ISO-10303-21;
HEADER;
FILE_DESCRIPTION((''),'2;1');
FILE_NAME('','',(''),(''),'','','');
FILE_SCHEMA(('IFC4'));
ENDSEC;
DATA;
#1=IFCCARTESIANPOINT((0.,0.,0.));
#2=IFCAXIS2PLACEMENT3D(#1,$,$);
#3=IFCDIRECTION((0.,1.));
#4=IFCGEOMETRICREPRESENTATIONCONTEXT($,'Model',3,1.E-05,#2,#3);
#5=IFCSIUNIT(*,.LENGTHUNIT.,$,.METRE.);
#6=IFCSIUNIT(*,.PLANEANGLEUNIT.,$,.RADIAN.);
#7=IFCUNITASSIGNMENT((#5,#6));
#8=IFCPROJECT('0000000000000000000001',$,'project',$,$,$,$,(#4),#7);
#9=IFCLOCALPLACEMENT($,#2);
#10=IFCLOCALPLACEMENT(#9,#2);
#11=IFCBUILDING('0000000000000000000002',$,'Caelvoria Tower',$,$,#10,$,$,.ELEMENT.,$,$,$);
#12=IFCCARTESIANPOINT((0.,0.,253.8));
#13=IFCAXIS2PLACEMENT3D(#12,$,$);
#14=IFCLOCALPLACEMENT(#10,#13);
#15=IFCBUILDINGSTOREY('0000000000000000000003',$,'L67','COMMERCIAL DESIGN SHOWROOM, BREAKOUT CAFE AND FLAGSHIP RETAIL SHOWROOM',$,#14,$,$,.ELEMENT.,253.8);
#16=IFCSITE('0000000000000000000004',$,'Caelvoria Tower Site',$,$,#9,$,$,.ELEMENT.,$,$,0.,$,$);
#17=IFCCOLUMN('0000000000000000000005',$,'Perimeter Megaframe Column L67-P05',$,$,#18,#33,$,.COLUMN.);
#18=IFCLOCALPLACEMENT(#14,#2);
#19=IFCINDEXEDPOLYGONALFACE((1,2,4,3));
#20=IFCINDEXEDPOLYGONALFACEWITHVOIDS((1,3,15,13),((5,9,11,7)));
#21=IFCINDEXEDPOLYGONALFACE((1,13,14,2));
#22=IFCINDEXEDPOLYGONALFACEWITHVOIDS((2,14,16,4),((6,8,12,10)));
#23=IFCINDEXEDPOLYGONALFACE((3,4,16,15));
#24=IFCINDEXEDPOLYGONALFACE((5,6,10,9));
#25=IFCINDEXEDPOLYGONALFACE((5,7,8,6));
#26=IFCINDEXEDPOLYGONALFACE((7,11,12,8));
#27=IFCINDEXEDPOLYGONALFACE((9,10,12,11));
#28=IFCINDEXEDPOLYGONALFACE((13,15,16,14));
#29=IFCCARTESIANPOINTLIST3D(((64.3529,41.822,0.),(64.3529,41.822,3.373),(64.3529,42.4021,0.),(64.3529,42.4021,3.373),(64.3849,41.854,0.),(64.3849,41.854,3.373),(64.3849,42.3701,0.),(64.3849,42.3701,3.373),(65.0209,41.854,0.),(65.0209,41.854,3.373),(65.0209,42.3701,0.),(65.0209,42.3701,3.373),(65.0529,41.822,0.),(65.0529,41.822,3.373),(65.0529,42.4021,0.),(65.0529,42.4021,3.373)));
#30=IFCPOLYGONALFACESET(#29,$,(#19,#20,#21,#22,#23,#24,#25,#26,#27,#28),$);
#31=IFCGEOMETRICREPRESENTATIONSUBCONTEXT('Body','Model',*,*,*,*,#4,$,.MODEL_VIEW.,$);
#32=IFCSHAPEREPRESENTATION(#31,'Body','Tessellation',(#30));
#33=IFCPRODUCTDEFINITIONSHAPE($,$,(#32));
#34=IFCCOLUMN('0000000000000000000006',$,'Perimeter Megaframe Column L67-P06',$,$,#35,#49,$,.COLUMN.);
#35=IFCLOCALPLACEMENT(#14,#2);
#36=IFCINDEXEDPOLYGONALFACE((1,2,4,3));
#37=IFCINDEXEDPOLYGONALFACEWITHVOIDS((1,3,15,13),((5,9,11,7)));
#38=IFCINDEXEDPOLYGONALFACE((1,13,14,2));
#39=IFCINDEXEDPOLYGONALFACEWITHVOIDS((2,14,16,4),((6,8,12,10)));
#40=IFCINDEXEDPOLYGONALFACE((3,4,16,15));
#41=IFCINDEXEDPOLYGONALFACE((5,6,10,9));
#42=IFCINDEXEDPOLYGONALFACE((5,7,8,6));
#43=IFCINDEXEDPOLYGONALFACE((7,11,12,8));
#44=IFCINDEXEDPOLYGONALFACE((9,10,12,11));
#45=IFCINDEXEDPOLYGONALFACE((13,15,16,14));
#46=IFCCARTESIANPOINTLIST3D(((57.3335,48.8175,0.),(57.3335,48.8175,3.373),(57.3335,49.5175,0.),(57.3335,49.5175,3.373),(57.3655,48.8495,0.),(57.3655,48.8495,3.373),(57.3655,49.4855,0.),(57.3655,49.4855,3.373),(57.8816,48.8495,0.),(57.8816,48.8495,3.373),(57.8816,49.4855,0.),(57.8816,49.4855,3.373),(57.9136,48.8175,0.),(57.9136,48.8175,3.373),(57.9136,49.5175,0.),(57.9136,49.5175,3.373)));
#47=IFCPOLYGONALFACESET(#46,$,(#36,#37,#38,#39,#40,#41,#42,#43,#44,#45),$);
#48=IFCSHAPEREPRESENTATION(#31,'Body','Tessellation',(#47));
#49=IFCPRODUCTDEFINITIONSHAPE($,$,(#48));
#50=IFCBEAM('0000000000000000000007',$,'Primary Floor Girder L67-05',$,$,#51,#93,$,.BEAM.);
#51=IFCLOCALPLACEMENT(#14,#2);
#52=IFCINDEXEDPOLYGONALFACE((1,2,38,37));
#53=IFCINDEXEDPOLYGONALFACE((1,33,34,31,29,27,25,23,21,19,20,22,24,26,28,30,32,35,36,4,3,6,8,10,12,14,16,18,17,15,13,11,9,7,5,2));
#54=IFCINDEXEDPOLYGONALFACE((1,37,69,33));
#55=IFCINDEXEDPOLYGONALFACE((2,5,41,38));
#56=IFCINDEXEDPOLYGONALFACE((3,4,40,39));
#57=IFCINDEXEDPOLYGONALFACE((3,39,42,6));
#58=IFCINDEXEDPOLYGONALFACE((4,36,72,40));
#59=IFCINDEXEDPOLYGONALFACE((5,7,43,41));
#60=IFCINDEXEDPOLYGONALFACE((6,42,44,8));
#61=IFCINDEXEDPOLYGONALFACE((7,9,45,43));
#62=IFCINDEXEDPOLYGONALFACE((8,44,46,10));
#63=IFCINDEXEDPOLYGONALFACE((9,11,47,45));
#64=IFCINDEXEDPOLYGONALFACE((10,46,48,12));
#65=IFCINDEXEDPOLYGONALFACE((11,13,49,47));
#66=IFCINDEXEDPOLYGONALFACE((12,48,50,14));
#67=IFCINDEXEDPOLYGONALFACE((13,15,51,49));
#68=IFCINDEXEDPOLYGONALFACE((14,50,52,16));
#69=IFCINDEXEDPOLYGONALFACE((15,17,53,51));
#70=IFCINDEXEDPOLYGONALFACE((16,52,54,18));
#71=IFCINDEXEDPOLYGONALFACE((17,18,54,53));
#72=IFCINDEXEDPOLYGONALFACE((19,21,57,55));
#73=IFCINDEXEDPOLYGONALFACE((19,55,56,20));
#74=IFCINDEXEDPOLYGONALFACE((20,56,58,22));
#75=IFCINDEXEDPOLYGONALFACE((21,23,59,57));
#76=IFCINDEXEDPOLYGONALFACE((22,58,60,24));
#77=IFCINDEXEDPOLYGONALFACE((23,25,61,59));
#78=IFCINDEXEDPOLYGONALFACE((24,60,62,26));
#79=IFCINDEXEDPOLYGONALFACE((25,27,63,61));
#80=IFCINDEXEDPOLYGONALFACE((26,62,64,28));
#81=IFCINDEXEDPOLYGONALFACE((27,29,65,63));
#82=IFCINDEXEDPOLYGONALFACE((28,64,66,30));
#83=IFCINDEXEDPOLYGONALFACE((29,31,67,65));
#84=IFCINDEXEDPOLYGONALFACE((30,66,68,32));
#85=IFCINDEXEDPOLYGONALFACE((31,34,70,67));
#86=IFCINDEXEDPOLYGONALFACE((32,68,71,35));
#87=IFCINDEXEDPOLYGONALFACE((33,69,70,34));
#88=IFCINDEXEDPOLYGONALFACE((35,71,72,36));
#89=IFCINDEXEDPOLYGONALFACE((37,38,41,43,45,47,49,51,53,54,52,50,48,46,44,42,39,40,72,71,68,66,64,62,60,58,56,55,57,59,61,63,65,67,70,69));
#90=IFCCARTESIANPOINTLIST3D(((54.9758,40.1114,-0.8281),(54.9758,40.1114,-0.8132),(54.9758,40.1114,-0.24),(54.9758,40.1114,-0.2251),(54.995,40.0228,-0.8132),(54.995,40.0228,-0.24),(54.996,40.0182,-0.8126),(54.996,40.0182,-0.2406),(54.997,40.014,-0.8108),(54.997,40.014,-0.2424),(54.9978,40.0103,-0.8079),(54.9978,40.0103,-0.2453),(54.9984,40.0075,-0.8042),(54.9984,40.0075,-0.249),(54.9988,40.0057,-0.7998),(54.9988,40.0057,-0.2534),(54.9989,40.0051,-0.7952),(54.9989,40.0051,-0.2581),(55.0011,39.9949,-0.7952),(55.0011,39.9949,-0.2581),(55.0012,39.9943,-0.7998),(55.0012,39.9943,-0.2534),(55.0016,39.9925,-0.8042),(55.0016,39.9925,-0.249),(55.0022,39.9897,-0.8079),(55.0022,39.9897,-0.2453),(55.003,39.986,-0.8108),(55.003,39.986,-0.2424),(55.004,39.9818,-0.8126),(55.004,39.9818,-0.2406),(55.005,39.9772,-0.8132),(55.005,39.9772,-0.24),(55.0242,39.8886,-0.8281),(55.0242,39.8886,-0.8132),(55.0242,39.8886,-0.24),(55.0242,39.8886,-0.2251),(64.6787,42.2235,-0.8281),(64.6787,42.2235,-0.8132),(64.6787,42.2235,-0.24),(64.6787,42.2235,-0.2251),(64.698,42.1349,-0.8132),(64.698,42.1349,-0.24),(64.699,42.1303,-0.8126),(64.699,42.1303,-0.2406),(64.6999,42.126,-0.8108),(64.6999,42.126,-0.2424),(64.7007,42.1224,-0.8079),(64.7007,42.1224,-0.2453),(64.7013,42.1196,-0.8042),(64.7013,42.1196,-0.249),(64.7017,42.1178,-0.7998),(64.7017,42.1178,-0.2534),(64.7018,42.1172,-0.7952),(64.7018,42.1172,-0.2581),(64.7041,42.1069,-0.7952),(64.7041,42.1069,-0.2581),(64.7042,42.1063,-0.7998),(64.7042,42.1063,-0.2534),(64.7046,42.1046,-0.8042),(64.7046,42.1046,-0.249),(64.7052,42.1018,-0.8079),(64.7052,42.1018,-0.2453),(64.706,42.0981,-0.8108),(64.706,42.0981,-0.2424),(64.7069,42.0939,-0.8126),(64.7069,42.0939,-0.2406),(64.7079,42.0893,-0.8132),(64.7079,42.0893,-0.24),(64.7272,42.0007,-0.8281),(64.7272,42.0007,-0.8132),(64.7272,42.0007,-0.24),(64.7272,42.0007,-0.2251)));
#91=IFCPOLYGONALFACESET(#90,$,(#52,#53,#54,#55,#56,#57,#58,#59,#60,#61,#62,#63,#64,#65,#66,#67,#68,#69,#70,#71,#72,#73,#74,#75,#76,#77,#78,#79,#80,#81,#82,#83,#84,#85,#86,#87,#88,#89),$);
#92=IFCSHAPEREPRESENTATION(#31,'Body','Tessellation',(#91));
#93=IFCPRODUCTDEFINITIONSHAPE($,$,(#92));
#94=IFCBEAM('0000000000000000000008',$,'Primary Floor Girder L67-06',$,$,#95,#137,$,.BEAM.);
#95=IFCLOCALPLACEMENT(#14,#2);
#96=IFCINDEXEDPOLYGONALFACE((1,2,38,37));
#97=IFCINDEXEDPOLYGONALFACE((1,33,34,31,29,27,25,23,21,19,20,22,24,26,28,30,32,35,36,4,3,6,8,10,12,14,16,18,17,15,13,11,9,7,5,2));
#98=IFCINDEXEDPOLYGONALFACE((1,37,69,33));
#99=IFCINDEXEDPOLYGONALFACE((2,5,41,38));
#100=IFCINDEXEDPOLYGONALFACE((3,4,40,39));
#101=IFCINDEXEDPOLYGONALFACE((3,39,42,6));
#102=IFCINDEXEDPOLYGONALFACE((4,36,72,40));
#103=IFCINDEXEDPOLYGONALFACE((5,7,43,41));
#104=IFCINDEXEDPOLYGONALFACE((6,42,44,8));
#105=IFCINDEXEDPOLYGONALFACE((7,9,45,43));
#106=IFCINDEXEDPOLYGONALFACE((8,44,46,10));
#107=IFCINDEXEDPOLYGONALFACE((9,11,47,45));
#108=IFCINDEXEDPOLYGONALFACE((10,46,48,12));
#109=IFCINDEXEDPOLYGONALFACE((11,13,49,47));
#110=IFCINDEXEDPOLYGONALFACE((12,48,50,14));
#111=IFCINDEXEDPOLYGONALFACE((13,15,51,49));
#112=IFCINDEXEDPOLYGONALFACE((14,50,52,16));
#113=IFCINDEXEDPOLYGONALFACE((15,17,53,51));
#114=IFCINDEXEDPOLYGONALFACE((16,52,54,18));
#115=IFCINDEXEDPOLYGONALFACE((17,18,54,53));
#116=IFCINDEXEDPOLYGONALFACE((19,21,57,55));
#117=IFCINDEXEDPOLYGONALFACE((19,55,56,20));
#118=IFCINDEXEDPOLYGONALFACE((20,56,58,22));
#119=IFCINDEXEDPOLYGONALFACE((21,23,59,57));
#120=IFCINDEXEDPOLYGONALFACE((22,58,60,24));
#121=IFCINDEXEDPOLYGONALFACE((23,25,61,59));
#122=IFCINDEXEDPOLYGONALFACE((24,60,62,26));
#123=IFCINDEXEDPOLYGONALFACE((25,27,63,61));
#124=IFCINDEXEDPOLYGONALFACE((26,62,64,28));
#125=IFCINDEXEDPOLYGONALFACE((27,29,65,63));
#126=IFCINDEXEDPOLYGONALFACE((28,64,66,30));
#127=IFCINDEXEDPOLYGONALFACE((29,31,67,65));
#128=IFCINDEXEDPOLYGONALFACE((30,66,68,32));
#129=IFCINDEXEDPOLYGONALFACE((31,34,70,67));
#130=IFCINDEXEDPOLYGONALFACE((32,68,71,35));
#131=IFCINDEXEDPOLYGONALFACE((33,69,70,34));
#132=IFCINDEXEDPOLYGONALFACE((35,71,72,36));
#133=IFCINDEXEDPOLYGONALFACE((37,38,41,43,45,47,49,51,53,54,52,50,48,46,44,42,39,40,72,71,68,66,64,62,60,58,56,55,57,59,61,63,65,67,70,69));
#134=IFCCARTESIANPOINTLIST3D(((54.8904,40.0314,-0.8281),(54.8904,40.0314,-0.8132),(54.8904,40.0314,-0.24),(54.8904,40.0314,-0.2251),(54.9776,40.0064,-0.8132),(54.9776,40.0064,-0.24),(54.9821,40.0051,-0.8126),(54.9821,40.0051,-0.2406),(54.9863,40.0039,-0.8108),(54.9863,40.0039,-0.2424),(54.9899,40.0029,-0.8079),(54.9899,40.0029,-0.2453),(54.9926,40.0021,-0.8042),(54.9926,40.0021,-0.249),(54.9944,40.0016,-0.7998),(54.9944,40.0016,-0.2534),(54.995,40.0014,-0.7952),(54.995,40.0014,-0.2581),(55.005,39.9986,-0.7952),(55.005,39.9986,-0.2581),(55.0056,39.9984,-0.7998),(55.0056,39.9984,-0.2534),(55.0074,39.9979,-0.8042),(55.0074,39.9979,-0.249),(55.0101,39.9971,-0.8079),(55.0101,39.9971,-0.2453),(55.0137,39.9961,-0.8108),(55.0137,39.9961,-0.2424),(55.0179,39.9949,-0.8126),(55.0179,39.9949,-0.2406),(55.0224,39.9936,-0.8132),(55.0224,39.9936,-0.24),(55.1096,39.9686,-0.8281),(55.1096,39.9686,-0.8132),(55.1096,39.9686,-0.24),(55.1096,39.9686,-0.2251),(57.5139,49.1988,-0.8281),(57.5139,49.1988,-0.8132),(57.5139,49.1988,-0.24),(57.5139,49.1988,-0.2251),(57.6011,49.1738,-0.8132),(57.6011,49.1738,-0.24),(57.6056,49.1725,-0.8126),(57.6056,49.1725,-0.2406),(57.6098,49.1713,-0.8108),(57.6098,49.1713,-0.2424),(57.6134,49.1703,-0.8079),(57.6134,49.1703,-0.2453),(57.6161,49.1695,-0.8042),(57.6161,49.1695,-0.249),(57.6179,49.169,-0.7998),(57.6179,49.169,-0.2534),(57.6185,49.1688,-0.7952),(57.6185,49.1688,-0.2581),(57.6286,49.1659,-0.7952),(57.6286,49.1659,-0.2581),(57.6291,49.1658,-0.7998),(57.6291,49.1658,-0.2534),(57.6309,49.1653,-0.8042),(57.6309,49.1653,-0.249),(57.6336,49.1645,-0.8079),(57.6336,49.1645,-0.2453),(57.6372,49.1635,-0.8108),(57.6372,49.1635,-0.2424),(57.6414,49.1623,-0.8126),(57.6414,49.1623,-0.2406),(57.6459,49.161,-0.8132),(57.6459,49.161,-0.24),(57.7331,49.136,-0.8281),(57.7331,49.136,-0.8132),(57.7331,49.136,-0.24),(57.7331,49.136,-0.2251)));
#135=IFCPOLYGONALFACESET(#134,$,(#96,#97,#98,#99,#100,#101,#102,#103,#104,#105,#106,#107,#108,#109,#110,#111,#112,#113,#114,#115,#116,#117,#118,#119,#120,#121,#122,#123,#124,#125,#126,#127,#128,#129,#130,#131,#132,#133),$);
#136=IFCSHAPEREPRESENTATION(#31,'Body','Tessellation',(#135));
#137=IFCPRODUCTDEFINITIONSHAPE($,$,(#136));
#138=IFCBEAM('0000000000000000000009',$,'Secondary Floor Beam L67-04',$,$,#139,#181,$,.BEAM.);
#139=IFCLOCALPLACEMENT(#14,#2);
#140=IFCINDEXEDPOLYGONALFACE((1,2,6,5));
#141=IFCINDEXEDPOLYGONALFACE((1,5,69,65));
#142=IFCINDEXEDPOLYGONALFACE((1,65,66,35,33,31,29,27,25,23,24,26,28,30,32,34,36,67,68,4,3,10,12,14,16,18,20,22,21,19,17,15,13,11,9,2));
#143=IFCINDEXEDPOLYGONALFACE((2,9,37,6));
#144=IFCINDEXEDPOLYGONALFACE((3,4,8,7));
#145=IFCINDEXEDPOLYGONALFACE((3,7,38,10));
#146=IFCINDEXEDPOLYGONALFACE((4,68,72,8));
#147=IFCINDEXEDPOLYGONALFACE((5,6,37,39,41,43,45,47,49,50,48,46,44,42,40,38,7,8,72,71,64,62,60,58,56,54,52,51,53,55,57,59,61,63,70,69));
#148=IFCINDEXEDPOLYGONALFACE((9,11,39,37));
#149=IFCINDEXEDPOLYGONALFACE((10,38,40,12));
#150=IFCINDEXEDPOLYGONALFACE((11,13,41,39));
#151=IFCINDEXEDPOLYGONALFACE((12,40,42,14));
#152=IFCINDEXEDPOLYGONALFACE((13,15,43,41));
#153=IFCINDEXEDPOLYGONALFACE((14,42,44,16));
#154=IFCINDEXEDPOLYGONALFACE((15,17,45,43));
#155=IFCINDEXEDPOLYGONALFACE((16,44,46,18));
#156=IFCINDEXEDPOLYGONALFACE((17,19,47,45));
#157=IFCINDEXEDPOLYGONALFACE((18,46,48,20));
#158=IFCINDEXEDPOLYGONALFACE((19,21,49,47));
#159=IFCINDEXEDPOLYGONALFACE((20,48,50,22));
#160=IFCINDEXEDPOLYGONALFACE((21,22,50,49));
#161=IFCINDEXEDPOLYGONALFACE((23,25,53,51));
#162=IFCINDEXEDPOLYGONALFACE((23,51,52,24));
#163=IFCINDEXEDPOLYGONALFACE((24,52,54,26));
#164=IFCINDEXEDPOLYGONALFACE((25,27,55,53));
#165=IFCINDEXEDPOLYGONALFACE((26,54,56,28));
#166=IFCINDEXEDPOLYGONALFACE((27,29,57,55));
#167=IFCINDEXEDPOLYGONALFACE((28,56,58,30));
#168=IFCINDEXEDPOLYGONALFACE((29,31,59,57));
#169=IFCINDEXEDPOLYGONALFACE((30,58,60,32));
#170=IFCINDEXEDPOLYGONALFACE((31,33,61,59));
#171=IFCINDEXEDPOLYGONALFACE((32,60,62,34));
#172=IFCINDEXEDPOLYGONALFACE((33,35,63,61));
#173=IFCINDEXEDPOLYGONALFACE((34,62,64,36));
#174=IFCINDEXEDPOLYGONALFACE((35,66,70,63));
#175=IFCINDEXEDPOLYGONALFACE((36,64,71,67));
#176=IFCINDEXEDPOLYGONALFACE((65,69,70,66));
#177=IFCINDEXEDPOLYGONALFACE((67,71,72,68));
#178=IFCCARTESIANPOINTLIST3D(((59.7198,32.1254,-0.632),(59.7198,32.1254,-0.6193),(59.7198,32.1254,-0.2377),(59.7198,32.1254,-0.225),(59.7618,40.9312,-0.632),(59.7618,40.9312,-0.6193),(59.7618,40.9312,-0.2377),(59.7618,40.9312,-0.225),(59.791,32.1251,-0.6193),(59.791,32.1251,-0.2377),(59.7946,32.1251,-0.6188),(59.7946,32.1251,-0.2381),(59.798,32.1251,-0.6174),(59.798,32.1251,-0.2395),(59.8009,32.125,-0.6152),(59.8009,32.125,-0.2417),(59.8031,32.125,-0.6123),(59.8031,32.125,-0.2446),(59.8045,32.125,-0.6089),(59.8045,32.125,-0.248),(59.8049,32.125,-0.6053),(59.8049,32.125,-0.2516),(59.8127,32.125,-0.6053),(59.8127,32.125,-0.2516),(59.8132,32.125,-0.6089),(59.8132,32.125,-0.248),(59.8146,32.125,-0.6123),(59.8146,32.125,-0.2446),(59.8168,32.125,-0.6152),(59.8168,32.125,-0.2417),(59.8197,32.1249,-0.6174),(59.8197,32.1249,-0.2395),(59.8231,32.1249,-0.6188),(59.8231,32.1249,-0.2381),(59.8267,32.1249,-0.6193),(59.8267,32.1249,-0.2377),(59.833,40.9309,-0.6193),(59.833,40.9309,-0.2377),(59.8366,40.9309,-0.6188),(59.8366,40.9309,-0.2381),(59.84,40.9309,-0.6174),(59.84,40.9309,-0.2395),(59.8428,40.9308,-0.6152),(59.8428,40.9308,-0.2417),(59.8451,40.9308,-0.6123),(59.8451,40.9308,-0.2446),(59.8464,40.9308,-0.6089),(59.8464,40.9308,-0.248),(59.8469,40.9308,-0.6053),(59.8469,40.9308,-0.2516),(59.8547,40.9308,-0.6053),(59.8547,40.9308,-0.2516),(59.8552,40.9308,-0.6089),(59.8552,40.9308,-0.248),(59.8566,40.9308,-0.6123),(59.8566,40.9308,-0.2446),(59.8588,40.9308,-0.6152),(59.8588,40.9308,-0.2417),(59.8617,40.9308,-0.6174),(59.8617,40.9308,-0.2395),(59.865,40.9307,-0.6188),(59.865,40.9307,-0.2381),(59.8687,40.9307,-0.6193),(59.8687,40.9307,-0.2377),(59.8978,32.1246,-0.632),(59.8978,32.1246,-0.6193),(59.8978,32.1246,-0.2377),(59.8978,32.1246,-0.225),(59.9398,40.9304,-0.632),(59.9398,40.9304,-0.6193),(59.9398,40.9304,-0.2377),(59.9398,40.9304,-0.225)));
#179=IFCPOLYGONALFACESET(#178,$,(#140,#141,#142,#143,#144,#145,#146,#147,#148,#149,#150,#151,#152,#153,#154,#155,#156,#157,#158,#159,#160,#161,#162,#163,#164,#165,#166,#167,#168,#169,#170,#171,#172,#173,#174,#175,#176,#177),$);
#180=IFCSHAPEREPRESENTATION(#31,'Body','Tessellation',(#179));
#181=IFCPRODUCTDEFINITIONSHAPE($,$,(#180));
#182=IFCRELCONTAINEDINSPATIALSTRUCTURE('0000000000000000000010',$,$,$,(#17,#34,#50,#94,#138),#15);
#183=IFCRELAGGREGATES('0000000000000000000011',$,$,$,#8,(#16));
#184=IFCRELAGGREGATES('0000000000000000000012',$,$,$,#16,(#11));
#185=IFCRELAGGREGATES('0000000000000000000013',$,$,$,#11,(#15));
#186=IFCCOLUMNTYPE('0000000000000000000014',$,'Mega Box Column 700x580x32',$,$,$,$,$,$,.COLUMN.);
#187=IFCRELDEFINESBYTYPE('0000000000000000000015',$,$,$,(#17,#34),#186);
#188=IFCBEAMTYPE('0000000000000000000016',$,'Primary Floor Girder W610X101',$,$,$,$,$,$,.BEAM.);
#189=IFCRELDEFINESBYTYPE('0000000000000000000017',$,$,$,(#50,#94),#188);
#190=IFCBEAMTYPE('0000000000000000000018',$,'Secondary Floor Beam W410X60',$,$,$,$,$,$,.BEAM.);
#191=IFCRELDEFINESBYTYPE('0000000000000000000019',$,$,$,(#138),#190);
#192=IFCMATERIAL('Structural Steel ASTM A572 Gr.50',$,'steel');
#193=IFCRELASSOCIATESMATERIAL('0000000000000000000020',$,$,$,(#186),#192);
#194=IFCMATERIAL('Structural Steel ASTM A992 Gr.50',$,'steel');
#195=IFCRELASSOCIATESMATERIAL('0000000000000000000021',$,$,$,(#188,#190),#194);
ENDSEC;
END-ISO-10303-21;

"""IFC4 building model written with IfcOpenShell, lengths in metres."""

from ifc_helpers import new_model, si_unit, direction, frame, origin, origin_2d, place, context, subcontext, project, spatial, hollow_rectangle, i_section, extrude, material, material_profile, profile_set, type_object, element, save


model = new_model("IFC4")

# Units and contexts
model_context = context("Model", 3, precision=1e-05, world=origin(), true_north=direction((0.0, 1.0)))
body_context = subcontext(model_context, "Body", "Model", "MODEL_VIEW")
ifc_project = project(units=[si_unit("LENGTHUNIT", "METRE"), si_unit("PLANEANGLEUNIT", "RADIAN")], contexts=[model_context])

# Site, building, storey
site_placement = place(None, origin())
site = spatial("IfcSite", under=ifc_project, at=site_placement, Name="Caelvoria Tower Site", CompositionType="ELEMENT", RefElevation=0.0)
building_placement = place(site_placement, origin())
building = spatial("IfcBuilding", under=site, at=building_placement, Name="Caelvoria Tower", CompositionType="ELEMENT")
storey_placement = place(building_placement, frame((0.0, 0.0, 253.8)))
storey = spatial("IfcBuildingStorey", under=building, at=storey_placement, Name="L67", Description="COMMERCIAL DESIGN SHOWROOM, BREAKOUT CAFE AND FLAGSHIP RETAIL SHOWROOM", CompositionType="ELEMENT", Elevation=253.8)

# Columns
ifc_material_1 = material(Name="Structural Steel ASTM A572 Gr.50", Category="steel")
ifc_material_profile_1 = material_profile(ifc_material_1, hollow_rectangle(XDim=0.5801, YDim=0.7, WallThickness=0.032, at=origin_2d()), Name="Structural Steel ASTM A572 Gr.50")
ifc_profile_set_1 = profile_set([ifc_material_profile_1], Name="BOX700X580X32 - Structural Steel ASTM A572 Gr.50")
column_type = type_object("IfcColumnType", Name="Mega Box Column 700x580x32", PredefinedType="COLUMN", material=ifc_profile_set_1)
for number, where, z_axis, x_axis, name in (
    (1, (64.7029, 42.1121, 0.0), (0.0, 0.0, 1.0), (0.0, 1.0, 0.0), "Perimeter Megaframe Column L67-P05"),
    (2, (57.6235, 49.1675, 0.0), (0.0, 0.0, 1.0), (1.0, 0.0, 0.0), "Perimeter Megaframe Column L67-P06"),
):
    element("IfcColumn", number, at=place(storey_placement, frame(where, z_axis=z_axis, x_axis=x_axis)), inside=storey, type_object=column_type, Name=name, PredefinedType="COLUMN", context=body_context, shape_type="SweptSolid", body=[
        extrude(hollow_rectangle(XDim=0.5801, YDim=0.7, WallThickness=0.032, at=origin_2d()), origin(), (0.0, 0.0, 1.0), 3.373),
    ])

# Beams
ifc_material_2 = material(Name="Structural Steel ASTM A992 Gr.50", Category="steel")
ifc_material_profile_2 = material_profile(ifc_material_2, i_section(OverallWidth=0.228, OverallDepth=0.603, WebThickness=0.0105, FlangeThickness=0.0149, FilletRadius=0.0181, at=origin_2d()), Name="Structural Steel ASTM A992 Gr.50")
ifc_profile_set_2 = profile_set([ifc_material_profile_2], Name="W610X101 - Structural Steel ASTM A992 Gr.50")
beam_type_1 = type_object("IfcBeamType", Name="Primary Floor Girder W610X101", PredefinedType="BEAM", material=ifc_profile_set_2)
beam_1_placement = place(storey_placement, frame((55.0, 40.0, -0.5266), z_axis=(0.977119, 0.212693, 0.0), x_axis=(-0.212693, 0.977119, 0.0)))
element("IfcBeam", 3, at=beam_1_placement, inside=storey, type_object=beam_type_1, Name="Primary Floor Girder L67-05", PredefinedType="BEAM", context=body_context, shape_type="SweptSolid", body=[
    extrude(i_section(OverallWidth=0.228, OverallDepth=0.603, WebThickness=0.0105, FlangeThickness=0.0149, FilletRadius=0.0181, at=origin_2d()), origin(), (0.0, 0.0, 1.0), 9.9302),
])
beam_2_placement = place(storey_placement, frame((55.0, 40.0, -0.5266), z_axis=(0.275134, 0.961406, 0.0), x_axis=(-0.961406, 0.275134, 0.0)))
element("IfcBeam", 4, at=beam_2_placement, inside=storey, type_object=beam_type_1, Name="Primary Floor Girder L67-06", PredefinedType="BEAM", context=body_context, shape_type="SweptSolid", body=[
    extrude(i_section(OverallWidth=0.228, OverallDepth=0.603, WebThickness=0.0105, FlangeThickness=0.0149, FilletRadius=0.0181, at=origin_2d()), origin(), (0.0, 0.0, 1.0), 9.5354),
])
ifc_material_profile_3 = material_profile(ifc_material_2, i_section(OverallWidth=0.178, OverallDepth=0.407, WebThickness=0.0078, FlangeThickness=0.0127, FilletRadius=0.0139, at=origin_2d()), Name="Structural Steel ASTM A992 Gr.50")
ifc_profile_set_3 = profile_set([ifc_material_profile_3], Name="W410X60 - Structural Steel ASTM A992 Gr.50")
beam_type_2 = type_object("IfcBeamType", Name="Secondary Floor Beam W410X60", PredefinedType="BEAM", material=ifc_profile_set_3)
beam_3_placement = place(storey_placement, frame((59.8088, 32.125, -0.4285), z_axis=(0.004769, 0.999989, 0.0), x_axis=(-0.999989, 0.004769, 0.0)))
element("IfcBeam", 5, at=beam_3_placement, inside=storey, type_object=beam_type_2, Name="Secondary Floor Beam L67-04", PredefinedType="BEAM", context=body_context, shape_type="SweptSolid", body=[
    extrude(i_section(OverallWidth=0.178, OverallDepth=0.407, WebThickness=0.0078, FlangeThickness=0.0127, FilletRadius=0.0139, at=origin_2d()), origin(), (0.0, 0.0, 1.0), 8.8059),
])

save(model, "model.ifc")
